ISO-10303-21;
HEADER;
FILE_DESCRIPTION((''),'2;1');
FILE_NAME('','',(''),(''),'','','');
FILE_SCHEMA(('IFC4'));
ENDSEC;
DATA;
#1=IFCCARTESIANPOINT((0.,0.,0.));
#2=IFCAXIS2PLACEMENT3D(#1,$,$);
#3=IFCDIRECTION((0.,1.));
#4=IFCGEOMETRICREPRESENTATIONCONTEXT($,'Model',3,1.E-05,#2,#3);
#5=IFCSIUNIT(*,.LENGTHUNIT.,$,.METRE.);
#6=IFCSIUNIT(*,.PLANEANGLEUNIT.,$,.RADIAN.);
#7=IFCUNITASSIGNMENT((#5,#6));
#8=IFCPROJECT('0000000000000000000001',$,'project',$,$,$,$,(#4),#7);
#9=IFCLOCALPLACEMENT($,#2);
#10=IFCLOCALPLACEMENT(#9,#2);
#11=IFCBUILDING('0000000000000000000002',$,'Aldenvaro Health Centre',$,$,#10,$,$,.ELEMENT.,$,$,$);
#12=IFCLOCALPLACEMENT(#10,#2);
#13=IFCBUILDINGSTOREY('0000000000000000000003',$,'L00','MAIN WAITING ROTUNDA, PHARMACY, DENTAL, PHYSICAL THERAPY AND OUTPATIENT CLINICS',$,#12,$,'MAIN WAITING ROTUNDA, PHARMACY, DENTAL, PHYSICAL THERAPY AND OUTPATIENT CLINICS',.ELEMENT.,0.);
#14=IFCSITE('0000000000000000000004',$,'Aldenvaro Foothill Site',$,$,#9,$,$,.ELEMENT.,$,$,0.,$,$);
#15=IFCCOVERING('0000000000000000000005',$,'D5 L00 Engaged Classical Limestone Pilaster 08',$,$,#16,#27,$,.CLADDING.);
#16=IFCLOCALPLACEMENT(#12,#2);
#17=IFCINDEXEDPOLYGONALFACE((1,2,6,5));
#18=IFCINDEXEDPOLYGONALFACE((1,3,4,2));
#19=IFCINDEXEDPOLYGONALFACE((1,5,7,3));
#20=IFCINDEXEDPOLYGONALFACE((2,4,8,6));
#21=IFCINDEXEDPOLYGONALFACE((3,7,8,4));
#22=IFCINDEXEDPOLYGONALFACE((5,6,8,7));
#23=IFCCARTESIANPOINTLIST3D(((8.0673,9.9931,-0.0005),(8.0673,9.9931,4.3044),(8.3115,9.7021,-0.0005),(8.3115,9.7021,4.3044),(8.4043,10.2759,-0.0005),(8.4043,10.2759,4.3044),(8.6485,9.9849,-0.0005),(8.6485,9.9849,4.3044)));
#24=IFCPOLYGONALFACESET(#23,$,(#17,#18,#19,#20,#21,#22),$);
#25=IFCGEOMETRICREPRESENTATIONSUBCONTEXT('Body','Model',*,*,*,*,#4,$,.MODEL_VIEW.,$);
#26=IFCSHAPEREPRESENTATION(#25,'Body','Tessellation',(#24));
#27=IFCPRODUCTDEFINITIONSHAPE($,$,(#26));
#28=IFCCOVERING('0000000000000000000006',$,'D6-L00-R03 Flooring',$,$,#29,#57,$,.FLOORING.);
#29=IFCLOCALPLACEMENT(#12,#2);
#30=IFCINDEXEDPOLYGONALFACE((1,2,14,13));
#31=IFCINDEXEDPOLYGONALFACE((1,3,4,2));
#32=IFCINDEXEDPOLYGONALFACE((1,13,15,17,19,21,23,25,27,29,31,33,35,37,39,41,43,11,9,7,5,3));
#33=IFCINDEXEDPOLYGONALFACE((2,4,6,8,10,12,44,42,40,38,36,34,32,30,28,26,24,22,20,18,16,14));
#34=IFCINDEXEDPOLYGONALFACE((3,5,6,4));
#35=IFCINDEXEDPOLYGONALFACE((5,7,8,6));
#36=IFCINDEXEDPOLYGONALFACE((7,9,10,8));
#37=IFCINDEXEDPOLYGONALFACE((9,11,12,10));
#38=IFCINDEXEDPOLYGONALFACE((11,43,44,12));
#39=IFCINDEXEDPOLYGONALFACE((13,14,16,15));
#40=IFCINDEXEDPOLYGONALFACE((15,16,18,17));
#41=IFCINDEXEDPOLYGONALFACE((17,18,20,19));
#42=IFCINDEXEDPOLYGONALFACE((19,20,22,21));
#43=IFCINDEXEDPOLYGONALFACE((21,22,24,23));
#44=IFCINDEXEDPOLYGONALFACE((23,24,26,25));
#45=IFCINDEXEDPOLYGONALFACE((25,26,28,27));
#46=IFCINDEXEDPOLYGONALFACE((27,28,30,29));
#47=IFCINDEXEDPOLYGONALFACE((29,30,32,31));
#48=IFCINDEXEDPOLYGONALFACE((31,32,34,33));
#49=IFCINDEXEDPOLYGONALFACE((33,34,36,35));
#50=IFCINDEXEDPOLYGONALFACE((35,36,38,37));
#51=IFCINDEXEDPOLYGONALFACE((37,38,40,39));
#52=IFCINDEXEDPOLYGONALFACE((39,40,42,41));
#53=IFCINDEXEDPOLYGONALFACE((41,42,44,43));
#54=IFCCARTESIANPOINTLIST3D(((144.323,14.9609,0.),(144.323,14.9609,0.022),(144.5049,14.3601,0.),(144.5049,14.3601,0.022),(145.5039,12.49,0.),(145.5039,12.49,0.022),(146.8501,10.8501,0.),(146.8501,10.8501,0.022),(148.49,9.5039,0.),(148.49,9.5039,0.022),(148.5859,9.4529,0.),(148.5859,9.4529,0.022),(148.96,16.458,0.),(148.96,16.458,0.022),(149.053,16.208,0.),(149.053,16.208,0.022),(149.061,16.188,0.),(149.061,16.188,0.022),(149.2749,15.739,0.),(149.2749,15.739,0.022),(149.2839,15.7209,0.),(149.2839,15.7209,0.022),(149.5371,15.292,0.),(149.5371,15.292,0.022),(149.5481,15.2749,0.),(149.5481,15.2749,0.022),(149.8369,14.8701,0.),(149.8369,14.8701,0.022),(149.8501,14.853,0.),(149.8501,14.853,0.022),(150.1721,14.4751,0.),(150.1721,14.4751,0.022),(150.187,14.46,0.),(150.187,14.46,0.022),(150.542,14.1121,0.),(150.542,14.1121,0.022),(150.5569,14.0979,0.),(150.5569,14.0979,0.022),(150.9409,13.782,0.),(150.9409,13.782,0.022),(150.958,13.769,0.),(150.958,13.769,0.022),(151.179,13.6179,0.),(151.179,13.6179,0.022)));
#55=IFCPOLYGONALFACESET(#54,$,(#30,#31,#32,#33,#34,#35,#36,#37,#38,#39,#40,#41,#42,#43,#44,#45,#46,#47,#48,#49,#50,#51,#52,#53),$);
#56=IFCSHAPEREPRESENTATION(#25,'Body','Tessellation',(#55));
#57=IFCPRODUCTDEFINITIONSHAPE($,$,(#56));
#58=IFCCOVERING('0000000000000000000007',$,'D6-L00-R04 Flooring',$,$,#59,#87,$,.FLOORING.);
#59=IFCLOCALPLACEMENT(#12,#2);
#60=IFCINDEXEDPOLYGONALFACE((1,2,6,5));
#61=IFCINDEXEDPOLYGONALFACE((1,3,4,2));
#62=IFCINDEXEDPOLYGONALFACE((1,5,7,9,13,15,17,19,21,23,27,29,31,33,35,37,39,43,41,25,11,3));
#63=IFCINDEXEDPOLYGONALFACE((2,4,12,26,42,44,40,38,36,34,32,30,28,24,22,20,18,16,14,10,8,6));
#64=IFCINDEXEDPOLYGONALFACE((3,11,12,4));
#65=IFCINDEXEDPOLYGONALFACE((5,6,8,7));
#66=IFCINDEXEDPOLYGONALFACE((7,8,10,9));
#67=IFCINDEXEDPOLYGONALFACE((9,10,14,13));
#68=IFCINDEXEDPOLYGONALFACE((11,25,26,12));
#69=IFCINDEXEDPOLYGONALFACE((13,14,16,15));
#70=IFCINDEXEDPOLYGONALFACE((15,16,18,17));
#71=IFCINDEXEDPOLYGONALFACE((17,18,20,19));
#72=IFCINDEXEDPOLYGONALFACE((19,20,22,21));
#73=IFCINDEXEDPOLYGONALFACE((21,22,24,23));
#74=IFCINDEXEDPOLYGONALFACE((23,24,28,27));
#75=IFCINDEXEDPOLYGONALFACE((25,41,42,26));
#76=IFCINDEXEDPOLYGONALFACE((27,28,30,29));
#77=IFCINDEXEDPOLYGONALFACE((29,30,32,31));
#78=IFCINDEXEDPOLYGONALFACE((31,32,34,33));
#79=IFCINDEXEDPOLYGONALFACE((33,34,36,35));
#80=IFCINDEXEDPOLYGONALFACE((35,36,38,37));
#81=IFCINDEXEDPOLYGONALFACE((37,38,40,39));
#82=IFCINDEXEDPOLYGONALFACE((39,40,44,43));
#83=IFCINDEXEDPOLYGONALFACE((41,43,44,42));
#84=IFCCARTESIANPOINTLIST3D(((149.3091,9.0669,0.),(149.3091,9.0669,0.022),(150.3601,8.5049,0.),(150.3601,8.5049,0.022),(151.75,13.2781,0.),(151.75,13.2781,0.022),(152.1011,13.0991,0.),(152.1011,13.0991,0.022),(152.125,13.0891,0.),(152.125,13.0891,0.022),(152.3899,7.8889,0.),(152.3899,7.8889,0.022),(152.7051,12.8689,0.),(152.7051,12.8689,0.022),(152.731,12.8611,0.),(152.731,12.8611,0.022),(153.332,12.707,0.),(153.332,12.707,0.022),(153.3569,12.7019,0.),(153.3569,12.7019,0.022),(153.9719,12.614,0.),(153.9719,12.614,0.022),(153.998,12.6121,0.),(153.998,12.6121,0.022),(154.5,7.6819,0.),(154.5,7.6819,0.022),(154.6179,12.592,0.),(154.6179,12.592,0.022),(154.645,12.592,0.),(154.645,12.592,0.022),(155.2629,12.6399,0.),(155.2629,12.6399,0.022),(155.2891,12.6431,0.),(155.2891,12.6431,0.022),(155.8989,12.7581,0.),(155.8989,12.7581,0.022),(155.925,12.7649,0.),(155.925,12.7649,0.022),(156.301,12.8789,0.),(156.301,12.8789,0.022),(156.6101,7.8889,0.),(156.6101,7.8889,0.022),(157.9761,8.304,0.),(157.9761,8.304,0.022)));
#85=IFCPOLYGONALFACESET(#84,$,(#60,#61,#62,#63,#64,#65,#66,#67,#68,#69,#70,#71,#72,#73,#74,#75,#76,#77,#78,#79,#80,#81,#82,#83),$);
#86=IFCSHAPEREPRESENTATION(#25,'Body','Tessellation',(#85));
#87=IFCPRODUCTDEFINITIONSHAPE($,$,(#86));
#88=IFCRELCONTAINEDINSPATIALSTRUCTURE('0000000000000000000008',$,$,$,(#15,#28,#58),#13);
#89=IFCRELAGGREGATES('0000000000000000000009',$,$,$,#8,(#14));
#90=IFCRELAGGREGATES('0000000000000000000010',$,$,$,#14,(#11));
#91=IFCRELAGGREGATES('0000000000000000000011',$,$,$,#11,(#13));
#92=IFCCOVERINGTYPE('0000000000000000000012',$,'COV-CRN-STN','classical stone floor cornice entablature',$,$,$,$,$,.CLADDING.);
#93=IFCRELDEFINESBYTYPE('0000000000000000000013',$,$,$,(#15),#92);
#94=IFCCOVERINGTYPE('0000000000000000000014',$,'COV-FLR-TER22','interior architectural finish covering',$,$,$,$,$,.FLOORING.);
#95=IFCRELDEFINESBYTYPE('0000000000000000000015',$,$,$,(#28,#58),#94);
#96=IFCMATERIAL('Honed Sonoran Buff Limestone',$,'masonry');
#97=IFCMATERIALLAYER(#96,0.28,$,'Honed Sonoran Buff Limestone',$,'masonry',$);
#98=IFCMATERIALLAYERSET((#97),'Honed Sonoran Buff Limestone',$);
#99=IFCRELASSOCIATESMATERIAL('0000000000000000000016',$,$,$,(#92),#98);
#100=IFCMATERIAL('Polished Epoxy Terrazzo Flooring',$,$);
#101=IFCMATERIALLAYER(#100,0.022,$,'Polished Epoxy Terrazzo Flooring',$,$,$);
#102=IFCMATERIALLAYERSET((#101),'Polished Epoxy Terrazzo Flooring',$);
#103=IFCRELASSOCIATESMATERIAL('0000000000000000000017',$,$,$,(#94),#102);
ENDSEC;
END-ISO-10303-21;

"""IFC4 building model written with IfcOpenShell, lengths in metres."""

from ifc_helpers import new_model, si_unit, direction, frame, origin, origin_2d, place, context, subcontext, project, spatial, polyline, rectangle, outline, extrude, material, layer, layer_set, type_object, element, save


model = new_model("IFC4")

# Units and contexts
model_context = context("Model", 3, precision=1e-05, world=origin(), true_north=direction((0.0, 1.0)))
body_context = subcontext(model_context, "Body", "Model", "MODEL_VIEW")
ifc_project = project(units=[si_unit("LENGTHUNIT", "METRE"), si_unit("PLANEANGLEUNIT", "RADIAN")], contexts=[model_context])

# Site, building, storey
site_placement = place(None, origin())
site = spatial("IfcSite", under=ifc_project, at=site_placement, Name="Aldenvaro Foothill Site", CompositionType="ELEMENT", RefElevation=0.0)
building_placement = place(site_placement, origin())
building = spatial("IfcBuilding", under=site, at=building_placement, Name="Aldenvaro Health Centre", CompositionType="ELEMENT")
storey_placement = place(building_placement, origin())
storey = spatial("IfcBuildingStorey", under=building, at=storey_placement, Name="L00", Description="MAIN WAITING ROTUNDA, PHARMACY, DENTAL, PHYSICAL THERAPY AND OUTPATIENT CLINICS", LongName="MAIN WAITING ROTUNDA, PHARMACY, DENTAL, PHYSICAL THERAPY AND OUTPATIENT CLINICS", CompositionType="ELEMENT", Elevation=0.0)

# Coverings
ifc_material_1 = material(Name="Honed Sonoran Buff Limestone", Category="masonry")
ifc_layer_1 = layer(ifc_material_1, 0.28, Name="Honed Sonoran Buff Limestone", Category="masonry")
ifc_layer_set_1 = layer_set([ifc_layer_1], Name="Honed Sonoran Buff Limestone")
covering_type_1 = type_object("IfcCoveringType", Name="COV-CRN-STN", Description="classical stone floor cornice entablature", PredefinedType="CLADDING", material=ifc_layer_set_1)
covering_1_placement = place(storey_placement, frame((8.3579, 9.989, -0.0005), z_axis=(0.0, 0.0, 1.0), x_axis=(-0.766044, -0.642788, 0.0)))
element("IfcCovering", 1, at=covering_1_placement, inside=storey, type_object=covering_type_1, Name="D5 L00 Engaged Classical Limestone Pilaster 08", PredefinedType="CLADDING", context=body_context, shape_type="SweptSolid", body=[
    extrude(rectangle(XDim=0.4399, YDim=0.3799, at=origin_2d()), origin(), (0.0, 0.0, 1.0), 4.3049),
])
ifc_material_2 = material(Name="Polished Epoxy Terrazzo Flooring")
ifc_layer_2 = layer(ifc_material_2, 0.022, Name="Polished Epoxy Terrazzo Flooring")
ifc_layer_set_2 = layer_set([ifc_layer_2], Name="Polished Epoxy Terrazzo Flooring")
covering_type_2 = type_object("IfcCoveringType", Name="COV-FLR-TER22", Description="interior architectural finish covering", PredefinedType="FLOORING", material=ifc_layer_set_2)
covering_2_placement = place(storey_placement, origin())
element("IfcCovering", 2, at=covering_2_placement, inside=storey, type_object=covering_type_2, Name="D6-L00-R03 Flooring", PredefinedType="FLOORING", context=body_context, shape_type="SweptSolid", body=[
    extrude(outline(polyline([(149.053, 16.208), (149.061, 16.188), (149.2749, 15.739), (149.2839, 15.7209), (149.5371, 15.292), (149.5481, 15.2749), (149.8369, 14.8701), (149.8501, 14.853), (150.1721, 14.4751), (150.187, 14.46), (150.542, 14.1121), (150.5569, 14.0979), (150.9409, 13.782), (150.958, 13.769), (151.179, 13.6179), (148.5859, 9.4529), (148.49, 9.5039), (146.8501, 10.8501), (145.5039, 12.49), (144.5049, 14.3601), (144.323, 14.9609), (148.96, 16.458), (149.053, 16.208)])), origin(), (0.0, 0.0, 1.0), 0.022),
])
covering_3_placement = place(storey_placement, origin())
element("IfcCovering", 3, at=covering_3_placement, inside=storey, type_object=covering_type_2, Name="D6-L00-R04 Flooring", PredefinedType="FLOORING", context=body_context, shape_type="SweptSolid", body=[
    extrude(outline(polyline([(152.1011, 13.0991), (152.125, 13.0891), (152.7051, 12.8689), (152.731, 12.8611), (153.332, 12.707), (153.3569, 12.7019), (153.9719, 12.614), (153.998, 12.6121), (154.6179, 12.592), (154.645, 12.592), (155.2629, 12.6399), (155.2891, 12.6431), (155.8989, 12.7581), (155.925, 12.7649), (156.301, 12.8789), (157.9761, 8.304), (156.6101, 7.8889), (154.5, 7.6819), (152.3899, 7.8889), (150.3601, 8.5049), (149.3091, 9.0669), (151.75, 13.2781), (152.1011, 13.0991)])), origin(), (0.0, 0.0, 1.0), 0.022),
])

save(model, "model.ifc")
